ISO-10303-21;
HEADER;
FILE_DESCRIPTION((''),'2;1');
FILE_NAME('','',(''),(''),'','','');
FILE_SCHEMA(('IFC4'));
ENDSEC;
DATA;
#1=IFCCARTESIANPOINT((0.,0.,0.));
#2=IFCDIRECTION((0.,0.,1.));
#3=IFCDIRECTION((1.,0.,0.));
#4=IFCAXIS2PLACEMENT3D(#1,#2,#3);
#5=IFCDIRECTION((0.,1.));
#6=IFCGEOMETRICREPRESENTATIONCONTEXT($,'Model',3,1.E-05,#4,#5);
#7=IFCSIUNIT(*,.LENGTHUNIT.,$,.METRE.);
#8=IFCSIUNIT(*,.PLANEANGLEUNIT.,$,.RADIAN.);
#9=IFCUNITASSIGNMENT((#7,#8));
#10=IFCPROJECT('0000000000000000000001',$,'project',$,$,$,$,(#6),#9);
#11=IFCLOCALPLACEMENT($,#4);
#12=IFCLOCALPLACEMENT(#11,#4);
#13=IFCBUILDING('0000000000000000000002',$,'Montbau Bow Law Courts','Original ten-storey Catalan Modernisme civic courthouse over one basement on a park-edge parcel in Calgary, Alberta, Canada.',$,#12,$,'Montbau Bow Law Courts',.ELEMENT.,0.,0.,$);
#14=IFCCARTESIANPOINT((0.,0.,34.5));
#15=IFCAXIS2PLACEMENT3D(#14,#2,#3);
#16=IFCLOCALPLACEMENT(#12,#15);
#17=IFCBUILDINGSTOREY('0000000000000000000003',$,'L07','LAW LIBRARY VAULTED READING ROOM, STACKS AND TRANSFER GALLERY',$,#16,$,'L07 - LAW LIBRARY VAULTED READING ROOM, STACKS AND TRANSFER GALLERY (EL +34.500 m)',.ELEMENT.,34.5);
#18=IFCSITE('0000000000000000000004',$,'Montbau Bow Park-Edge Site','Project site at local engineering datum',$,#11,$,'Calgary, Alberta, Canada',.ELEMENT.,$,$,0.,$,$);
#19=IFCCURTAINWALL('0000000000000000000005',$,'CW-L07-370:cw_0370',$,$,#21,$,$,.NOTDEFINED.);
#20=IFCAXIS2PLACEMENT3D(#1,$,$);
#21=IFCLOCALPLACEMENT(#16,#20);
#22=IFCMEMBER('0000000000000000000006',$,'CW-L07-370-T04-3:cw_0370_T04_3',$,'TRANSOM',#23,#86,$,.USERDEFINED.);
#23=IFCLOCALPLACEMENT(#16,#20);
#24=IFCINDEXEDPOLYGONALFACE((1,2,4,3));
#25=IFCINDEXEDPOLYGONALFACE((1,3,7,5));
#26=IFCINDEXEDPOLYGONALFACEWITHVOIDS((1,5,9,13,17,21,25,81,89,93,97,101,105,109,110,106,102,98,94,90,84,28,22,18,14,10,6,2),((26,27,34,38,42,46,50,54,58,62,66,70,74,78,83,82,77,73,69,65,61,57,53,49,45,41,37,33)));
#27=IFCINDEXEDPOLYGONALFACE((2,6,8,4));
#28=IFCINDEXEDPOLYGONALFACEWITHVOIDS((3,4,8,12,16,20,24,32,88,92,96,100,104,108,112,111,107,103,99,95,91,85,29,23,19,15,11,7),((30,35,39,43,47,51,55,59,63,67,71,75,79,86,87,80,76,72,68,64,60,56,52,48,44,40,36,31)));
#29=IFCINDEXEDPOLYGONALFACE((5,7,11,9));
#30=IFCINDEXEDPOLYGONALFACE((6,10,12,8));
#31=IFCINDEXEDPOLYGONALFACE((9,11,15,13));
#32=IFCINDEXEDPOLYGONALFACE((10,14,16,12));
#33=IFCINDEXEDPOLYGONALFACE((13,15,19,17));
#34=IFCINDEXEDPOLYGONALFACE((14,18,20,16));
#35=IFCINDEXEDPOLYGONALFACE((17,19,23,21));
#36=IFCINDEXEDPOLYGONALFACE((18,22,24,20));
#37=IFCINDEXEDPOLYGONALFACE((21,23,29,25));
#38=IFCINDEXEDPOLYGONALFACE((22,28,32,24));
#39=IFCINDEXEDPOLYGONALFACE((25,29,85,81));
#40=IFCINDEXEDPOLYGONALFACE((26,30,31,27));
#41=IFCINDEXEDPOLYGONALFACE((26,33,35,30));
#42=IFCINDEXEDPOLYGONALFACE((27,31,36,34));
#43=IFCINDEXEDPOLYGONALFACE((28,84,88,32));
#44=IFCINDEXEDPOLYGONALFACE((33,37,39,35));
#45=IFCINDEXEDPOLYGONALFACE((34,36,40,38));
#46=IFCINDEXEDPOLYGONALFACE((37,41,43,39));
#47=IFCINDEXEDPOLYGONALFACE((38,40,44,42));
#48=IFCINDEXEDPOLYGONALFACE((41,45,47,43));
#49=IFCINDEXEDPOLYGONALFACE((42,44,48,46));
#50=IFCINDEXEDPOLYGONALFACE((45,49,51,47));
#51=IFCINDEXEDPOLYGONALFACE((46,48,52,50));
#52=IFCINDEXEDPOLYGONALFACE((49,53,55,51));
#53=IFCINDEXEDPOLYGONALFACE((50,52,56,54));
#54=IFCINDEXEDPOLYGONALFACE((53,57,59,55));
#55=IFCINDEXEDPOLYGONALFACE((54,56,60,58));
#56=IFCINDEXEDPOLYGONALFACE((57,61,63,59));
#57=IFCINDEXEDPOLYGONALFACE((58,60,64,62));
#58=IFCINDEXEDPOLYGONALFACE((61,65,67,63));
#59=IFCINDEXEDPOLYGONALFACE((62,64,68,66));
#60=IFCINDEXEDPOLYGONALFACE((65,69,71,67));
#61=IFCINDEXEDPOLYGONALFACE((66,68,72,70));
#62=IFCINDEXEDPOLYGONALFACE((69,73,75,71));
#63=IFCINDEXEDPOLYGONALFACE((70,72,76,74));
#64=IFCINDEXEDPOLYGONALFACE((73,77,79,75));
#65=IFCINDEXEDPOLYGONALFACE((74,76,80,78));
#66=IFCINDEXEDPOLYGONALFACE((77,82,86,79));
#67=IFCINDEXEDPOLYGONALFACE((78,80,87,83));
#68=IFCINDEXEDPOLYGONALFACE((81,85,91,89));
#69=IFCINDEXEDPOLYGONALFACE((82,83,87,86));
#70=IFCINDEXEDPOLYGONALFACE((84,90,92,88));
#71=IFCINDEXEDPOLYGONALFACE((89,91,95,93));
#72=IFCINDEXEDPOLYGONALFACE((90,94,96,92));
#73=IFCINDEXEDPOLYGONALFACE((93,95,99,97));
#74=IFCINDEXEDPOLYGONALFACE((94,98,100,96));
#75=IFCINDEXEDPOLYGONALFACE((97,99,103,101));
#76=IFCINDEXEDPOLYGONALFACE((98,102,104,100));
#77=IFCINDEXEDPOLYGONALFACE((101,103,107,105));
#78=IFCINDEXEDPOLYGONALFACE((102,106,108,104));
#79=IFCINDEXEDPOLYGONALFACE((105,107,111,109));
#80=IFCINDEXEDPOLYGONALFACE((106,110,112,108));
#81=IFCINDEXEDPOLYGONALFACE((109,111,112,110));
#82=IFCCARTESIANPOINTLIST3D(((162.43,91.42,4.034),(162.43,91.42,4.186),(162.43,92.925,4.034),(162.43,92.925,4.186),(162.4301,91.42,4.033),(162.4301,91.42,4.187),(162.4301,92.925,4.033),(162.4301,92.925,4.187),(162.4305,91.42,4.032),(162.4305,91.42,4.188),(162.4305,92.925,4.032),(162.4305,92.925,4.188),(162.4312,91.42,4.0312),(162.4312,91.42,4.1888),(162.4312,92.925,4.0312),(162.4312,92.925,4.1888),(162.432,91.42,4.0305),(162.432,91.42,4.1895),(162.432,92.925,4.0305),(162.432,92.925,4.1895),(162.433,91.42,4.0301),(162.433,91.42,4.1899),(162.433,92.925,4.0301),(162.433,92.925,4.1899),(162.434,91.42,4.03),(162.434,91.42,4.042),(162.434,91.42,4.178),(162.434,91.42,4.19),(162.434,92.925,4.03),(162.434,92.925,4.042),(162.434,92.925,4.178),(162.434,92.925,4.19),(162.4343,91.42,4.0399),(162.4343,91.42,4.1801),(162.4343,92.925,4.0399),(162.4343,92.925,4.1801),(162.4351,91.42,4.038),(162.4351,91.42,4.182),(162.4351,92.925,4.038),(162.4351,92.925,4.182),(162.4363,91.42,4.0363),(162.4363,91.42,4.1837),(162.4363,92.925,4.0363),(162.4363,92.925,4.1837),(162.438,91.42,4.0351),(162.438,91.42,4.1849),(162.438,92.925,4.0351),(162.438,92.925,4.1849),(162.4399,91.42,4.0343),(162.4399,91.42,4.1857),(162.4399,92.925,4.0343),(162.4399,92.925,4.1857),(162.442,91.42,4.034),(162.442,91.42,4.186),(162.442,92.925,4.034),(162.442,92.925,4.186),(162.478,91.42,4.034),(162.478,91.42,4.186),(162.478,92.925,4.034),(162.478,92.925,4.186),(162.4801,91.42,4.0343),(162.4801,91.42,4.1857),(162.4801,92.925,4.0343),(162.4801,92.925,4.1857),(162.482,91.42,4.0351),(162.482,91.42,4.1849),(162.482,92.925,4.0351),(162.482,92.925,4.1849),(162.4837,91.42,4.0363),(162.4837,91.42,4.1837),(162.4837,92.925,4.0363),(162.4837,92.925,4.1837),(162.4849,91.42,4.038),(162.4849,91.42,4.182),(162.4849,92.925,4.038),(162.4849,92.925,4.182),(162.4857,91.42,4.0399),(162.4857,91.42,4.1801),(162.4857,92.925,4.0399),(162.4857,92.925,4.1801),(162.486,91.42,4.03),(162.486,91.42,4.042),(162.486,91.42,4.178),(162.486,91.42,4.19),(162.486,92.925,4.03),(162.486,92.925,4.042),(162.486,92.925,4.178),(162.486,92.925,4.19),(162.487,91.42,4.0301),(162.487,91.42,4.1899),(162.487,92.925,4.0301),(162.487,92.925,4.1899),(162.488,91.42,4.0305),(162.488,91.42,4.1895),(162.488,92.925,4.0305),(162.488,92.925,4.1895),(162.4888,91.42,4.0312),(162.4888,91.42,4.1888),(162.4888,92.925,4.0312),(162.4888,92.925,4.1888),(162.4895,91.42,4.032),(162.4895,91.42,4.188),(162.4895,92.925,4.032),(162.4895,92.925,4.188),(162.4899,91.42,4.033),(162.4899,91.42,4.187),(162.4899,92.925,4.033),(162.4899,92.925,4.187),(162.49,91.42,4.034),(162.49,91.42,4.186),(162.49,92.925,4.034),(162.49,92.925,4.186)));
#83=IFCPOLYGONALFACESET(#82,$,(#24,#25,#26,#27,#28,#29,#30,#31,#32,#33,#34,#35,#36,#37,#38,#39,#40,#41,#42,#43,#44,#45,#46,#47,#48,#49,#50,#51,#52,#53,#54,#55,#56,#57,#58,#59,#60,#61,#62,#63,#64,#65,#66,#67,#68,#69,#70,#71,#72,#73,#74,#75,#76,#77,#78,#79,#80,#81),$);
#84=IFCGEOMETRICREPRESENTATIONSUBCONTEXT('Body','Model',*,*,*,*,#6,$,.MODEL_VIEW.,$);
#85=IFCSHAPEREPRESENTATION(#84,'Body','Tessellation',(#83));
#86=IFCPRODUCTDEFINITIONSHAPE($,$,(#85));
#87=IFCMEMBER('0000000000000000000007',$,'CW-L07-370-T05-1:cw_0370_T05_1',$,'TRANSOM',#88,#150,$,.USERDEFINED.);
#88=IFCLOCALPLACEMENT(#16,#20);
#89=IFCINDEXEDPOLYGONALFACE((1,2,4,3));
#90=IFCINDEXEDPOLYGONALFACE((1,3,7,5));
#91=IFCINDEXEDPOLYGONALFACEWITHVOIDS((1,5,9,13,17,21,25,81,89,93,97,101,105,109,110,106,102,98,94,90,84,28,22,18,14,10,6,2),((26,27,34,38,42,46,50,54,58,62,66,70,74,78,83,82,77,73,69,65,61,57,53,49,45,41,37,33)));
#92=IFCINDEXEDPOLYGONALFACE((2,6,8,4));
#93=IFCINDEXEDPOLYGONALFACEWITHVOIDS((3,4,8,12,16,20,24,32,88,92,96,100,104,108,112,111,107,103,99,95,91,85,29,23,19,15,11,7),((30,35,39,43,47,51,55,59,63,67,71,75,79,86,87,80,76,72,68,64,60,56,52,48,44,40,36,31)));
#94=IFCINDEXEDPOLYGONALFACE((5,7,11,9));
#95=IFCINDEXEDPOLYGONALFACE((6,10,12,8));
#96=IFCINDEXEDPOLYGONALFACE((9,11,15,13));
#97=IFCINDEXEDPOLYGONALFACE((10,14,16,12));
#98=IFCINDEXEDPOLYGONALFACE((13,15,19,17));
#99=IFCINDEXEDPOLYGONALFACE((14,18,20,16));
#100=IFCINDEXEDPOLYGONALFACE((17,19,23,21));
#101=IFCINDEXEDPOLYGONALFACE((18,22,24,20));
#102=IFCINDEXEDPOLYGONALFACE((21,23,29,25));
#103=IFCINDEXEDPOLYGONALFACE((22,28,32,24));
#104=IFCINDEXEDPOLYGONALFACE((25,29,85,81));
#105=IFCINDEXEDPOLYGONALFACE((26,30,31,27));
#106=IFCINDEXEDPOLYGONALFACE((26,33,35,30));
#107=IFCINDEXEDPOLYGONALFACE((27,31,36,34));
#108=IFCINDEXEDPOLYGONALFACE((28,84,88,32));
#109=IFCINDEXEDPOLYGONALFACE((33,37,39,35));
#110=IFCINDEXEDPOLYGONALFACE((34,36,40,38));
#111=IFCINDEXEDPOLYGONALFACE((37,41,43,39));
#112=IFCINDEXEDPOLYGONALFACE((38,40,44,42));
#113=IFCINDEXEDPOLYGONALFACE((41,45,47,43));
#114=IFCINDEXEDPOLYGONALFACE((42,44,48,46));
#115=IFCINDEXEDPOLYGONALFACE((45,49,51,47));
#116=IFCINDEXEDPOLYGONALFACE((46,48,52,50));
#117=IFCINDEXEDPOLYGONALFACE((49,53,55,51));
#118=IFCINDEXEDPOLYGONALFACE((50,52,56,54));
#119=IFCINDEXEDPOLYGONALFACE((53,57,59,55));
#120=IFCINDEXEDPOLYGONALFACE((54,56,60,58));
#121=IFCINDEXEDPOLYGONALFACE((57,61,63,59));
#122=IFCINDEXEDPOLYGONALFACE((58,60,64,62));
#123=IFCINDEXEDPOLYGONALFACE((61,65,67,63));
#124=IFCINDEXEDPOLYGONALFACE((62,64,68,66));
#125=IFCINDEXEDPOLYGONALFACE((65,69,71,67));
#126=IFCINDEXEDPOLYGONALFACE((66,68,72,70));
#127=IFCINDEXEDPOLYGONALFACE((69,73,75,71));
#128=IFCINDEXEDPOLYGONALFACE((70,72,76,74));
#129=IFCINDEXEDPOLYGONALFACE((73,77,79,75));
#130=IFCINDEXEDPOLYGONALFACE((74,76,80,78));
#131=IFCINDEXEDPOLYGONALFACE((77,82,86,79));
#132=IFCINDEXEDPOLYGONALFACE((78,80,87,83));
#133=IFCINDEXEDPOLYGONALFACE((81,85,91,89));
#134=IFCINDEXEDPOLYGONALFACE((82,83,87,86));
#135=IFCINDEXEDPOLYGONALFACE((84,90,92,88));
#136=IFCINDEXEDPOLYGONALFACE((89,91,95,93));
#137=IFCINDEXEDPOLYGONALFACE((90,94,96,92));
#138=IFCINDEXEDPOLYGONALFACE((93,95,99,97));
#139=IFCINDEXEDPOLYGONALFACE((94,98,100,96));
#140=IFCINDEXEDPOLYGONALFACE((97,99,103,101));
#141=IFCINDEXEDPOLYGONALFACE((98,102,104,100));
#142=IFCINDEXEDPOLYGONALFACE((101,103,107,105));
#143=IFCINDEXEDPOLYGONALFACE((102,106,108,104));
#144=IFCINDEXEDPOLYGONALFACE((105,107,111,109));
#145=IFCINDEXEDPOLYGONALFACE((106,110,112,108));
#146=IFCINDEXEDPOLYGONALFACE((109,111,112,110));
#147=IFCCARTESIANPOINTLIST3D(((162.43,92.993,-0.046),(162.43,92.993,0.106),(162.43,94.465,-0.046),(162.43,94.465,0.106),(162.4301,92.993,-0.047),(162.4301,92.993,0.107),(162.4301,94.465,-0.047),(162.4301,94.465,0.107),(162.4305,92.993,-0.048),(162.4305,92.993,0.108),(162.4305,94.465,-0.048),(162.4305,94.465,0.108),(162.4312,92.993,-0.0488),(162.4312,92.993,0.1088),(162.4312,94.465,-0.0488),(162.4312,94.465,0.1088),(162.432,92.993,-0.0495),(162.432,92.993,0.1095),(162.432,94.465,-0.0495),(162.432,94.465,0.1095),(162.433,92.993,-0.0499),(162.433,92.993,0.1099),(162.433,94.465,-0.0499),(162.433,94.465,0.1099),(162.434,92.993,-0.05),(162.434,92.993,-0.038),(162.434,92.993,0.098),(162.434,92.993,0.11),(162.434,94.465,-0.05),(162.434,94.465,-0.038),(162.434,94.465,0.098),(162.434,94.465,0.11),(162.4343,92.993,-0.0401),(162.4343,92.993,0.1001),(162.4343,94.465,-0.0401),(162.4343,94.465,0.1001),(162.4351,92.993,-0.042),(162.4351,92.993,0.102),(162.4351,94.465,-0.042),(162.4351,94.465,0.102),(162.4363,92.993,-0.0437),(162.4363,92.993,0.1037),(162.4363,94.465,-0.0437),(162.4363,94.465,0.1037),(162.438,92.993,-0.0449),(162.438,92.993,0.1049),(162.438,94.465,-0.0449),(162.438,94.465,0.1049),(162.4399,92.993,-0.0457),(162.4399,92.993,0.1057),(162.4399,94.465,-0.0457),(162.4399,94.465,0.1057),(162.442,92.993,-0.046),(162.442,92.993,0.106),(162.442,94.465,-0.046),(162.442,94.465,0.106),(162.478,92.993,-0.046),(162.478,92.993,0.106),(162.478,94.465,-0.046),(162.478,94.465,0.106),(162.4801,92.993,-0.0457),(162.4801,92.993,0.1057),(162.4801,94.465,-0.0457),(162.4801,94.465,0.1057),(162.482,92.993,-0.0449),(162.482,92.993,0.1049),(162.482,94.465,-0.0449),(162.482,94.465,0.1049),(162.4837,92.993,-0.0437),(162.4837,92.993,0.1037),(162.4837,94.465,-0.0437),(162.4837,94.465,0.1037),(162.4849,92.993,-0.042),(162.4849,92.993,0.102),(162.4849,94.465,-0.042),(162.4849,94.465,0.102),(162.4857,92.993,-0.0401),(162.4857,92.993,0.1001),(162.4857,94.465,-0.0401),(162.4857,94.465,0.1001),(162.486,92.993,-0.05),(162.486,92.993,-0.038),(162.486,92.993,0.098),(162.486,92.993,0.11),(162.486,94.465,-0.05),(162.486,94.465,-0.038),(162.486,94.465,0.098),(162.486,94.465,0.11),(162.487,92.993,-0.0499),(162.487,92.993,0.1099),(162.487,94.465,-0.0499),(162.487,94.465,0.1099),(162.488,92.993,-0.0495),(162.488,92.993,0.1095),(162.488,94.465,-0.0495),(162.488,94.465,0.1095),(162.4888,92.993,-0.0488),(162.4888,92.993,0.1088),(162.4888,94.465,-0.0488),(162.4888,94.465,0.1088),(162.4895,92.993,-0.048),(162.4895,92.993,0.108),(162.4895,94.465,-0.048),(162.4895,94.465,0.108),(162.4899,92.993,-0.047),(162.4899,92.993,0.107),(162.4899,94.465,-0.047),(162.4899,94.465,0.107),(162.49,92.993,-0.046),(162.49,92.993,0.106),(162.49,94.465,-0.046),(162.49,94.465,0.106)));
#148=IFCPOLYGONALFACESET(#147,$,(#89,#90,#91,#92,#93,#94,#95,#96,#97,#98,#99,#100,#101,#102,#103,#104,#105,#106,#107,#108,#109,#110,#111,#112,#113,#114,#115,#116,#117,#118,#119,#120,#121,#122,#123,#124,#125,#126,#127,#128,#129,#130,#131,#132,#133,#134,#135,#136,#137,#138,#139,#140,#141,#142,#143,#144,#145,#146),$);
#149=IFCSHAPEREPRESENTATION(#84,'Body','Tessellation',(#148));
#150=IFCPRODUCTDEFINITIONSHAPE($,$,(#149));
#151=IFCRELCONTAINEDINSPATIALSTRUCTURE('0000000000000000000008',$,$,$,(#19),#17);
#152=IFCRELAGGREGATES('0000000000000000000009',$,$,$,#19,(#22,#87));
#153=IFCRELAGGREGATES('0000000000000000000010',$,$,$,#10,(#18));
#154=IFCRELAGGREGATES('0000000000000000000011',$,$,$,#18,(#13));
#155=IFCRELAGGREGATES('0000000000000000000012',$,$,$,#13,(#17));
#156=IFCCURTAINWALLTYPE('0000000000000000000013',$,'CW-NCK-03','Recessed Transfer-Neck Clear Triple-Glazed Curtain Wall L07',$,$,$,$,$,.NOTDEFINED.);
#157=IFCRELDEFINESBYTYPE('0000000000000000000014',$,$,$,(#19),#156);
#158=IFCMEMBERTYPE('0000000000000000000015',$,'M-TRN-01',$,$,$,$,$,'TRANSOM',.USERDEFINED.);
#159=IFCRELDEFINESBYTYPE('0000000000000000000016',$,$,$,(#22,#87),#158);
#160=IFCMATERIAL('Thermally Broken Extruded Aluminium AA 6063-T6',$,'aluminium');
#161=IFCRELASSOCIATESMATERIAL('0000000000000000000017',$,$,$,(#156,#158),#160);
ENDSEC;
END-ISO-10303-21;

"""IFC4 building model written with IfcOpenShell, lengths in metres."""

from ifc_helpers import new_model, si_unit, direction, frame, origin_with_axes, origin_2d_with_axis, place, context, subcontext, project, spatial, hollow_rectangle, extrude, material, material_profile, profile_set, type_object, element, aggregate, save


model = new_model("IFC4")

# Units and contexts
model_context = context("Model", 3, precision=1e-05, world=origin_with_axes(), true_north=direction((0.0, 1.0)))
body_context = subcontext(model_context, "Body", "Model", "MODEL_VIEW")
ifc_project = project(units=[si_unit("LENGTHUNIT", "METRE"), si_unit("PLANEANGLEUNIT", "RADIAN")], contexts=[model_context])

# Site, building, storey
site_placement = place(None, origin_with_axes())
site = spatial("IfcSite", under=ifc_project, at=site_placement, Name="Montbau Bow Park-Edge Site", Description="Project site at local engineering datum", LongName="Calgary, Alberta, Canada", CompositionType="ELEMENT", RefElevation=0.0)
building_placement = place(site_placement, origin_with_axes())
building = spatial("IfcBuilding", under=site, at=building_placement, Name="Montbau Bow Law Courts", Description="Original ten-storey Catalan Modernisme civic courthouse over one basement on a park-edge parcel in Calgary, Alberta, Canada.", LongName="Montbau Bow Law Courts", CompositionType="ELEMENT", ElevationOfRefHeight=0.0, ElevationOfTerrain=0.0)
storey_placement = place(building_placement, frame((0.0, 0.0, 34.5), z_axis=(0.0, 0.0, 1.0), x_axis=(1.0, 0.0, 0.0)))
storey = spatial("IfcBuildingStorey", under=building, at=storey_placement, Name="L07", Description="LAW LIBRARY VAULTED READING ROOM, STACKS AND TRANSFER GALLERY", LongName="L07 - LAW LIBRARY VAULTED READING ROOM, STACKS AND TRANSFER GALLERY (EL +34.500 m)", CompositionType="ELEMENT", Elevation=34.5)

# Curtain wall
ifc_material_1 = material(Name="Thermally Broken Extruded Aluminium AA 6063-T6", Category="aluminium")
curtain_wall_type = type_object("IfcCurtainWallType", Name="CW-NCK-03", Description="Recessed Transfer-Neck Clear Triple-Glazed Curtain Wall L07", PredefinedType="NOTDEFINED", material=ifc_material_1)
curtain_wall_1_placement = place(None, frame((162.46, 86.668, 34.5), z_axis=(0.0, 0.0, 1.0), x_axis=(1.0, 0.0, 0.0)))
curtain_wall_1 = element("IfcCurtainWall", 1, at=curtain_wall_1_placement, inside=storey, type_object=curtain_wall_type, Name="CW-L07-370:cw_0370", PredefinedType="NOTDEFINED")

# Members
ifc_material_profile_1 = material_profile(ifc_material_1, hollow_rectangle(XDim=0.06, YDim=0.16, WallThickness=0.004, InnerFilletRadius=0.008, OuterFilletRadius=0.004, at=origin_2d_with_axis()), Name="CWT-160X60", Category="Main", Priority=0)
ifc_profile_set_1 = profile_set([ifc_material_profile_1], Name="Thermally Broken Extruded Aluminium AA 6063-T6")
member_type_1 = type_object("IfcMemberType", Name="M-TRN-01", ElementType="TRANSOM", PredefinedType="USERDEFINED", material=ifc_profile_set_1)
member_1_placement = place(None, frame((162.46, 91.42, 38.61), z_axis=(0.0, 1.0, 0.0), x_axis=(-1.0, 0.0, 0.0)))
member_1 = element("IfcMember", 2, at=member_1_placement, type_object=member_type_1, Name="CW-L07-370-T04-3:cw_0370_T04_3", ObjectType="TRANSOM", PredefinedType="USERDEFINED", context=body_context, shape_type="SweptSolid", body=[
    extrude(hollow_rectangle(XDim=0.06, YDim=0.16, WallThickness=0.004, InnerFilletRadius=0.008, OuterFilletRadius=0.004, at=origin_2d_with_axis()), origin_with_axes(), (0.0, 0.0, 1.0), 1.505),
])
member_2_placement = place(None, frame((162.46, 92.993, 34.53), z_axis=(0.0, 1.0, 0.0), x_axis=(-1.0, 0.0, 0.0)))
member_2 = element("IfcMember", 3, at=member_2_placement, type_object=member_type_1, Name="CW-L07-370-T05-1:cw_0370_T05_1", ObjectType="TRANSOM", PredefinedType="USERDEFINED", context=body_context, shape_type="SweptSolid", body=[
    extrude(hollow_rectangle(XDim=0.06, YDim=0.16, WallThickness=0.004, InnerFilletRadius=0.008, OuterFilletRadius=0.004, at=origin_2d_with_axis()), origin_with_axes(), (0.0, 0.0, 1.0), 1.472),
])

aggregate(curtain_wall_1, [member_1, member_2])

save(model, "model.ifc")
